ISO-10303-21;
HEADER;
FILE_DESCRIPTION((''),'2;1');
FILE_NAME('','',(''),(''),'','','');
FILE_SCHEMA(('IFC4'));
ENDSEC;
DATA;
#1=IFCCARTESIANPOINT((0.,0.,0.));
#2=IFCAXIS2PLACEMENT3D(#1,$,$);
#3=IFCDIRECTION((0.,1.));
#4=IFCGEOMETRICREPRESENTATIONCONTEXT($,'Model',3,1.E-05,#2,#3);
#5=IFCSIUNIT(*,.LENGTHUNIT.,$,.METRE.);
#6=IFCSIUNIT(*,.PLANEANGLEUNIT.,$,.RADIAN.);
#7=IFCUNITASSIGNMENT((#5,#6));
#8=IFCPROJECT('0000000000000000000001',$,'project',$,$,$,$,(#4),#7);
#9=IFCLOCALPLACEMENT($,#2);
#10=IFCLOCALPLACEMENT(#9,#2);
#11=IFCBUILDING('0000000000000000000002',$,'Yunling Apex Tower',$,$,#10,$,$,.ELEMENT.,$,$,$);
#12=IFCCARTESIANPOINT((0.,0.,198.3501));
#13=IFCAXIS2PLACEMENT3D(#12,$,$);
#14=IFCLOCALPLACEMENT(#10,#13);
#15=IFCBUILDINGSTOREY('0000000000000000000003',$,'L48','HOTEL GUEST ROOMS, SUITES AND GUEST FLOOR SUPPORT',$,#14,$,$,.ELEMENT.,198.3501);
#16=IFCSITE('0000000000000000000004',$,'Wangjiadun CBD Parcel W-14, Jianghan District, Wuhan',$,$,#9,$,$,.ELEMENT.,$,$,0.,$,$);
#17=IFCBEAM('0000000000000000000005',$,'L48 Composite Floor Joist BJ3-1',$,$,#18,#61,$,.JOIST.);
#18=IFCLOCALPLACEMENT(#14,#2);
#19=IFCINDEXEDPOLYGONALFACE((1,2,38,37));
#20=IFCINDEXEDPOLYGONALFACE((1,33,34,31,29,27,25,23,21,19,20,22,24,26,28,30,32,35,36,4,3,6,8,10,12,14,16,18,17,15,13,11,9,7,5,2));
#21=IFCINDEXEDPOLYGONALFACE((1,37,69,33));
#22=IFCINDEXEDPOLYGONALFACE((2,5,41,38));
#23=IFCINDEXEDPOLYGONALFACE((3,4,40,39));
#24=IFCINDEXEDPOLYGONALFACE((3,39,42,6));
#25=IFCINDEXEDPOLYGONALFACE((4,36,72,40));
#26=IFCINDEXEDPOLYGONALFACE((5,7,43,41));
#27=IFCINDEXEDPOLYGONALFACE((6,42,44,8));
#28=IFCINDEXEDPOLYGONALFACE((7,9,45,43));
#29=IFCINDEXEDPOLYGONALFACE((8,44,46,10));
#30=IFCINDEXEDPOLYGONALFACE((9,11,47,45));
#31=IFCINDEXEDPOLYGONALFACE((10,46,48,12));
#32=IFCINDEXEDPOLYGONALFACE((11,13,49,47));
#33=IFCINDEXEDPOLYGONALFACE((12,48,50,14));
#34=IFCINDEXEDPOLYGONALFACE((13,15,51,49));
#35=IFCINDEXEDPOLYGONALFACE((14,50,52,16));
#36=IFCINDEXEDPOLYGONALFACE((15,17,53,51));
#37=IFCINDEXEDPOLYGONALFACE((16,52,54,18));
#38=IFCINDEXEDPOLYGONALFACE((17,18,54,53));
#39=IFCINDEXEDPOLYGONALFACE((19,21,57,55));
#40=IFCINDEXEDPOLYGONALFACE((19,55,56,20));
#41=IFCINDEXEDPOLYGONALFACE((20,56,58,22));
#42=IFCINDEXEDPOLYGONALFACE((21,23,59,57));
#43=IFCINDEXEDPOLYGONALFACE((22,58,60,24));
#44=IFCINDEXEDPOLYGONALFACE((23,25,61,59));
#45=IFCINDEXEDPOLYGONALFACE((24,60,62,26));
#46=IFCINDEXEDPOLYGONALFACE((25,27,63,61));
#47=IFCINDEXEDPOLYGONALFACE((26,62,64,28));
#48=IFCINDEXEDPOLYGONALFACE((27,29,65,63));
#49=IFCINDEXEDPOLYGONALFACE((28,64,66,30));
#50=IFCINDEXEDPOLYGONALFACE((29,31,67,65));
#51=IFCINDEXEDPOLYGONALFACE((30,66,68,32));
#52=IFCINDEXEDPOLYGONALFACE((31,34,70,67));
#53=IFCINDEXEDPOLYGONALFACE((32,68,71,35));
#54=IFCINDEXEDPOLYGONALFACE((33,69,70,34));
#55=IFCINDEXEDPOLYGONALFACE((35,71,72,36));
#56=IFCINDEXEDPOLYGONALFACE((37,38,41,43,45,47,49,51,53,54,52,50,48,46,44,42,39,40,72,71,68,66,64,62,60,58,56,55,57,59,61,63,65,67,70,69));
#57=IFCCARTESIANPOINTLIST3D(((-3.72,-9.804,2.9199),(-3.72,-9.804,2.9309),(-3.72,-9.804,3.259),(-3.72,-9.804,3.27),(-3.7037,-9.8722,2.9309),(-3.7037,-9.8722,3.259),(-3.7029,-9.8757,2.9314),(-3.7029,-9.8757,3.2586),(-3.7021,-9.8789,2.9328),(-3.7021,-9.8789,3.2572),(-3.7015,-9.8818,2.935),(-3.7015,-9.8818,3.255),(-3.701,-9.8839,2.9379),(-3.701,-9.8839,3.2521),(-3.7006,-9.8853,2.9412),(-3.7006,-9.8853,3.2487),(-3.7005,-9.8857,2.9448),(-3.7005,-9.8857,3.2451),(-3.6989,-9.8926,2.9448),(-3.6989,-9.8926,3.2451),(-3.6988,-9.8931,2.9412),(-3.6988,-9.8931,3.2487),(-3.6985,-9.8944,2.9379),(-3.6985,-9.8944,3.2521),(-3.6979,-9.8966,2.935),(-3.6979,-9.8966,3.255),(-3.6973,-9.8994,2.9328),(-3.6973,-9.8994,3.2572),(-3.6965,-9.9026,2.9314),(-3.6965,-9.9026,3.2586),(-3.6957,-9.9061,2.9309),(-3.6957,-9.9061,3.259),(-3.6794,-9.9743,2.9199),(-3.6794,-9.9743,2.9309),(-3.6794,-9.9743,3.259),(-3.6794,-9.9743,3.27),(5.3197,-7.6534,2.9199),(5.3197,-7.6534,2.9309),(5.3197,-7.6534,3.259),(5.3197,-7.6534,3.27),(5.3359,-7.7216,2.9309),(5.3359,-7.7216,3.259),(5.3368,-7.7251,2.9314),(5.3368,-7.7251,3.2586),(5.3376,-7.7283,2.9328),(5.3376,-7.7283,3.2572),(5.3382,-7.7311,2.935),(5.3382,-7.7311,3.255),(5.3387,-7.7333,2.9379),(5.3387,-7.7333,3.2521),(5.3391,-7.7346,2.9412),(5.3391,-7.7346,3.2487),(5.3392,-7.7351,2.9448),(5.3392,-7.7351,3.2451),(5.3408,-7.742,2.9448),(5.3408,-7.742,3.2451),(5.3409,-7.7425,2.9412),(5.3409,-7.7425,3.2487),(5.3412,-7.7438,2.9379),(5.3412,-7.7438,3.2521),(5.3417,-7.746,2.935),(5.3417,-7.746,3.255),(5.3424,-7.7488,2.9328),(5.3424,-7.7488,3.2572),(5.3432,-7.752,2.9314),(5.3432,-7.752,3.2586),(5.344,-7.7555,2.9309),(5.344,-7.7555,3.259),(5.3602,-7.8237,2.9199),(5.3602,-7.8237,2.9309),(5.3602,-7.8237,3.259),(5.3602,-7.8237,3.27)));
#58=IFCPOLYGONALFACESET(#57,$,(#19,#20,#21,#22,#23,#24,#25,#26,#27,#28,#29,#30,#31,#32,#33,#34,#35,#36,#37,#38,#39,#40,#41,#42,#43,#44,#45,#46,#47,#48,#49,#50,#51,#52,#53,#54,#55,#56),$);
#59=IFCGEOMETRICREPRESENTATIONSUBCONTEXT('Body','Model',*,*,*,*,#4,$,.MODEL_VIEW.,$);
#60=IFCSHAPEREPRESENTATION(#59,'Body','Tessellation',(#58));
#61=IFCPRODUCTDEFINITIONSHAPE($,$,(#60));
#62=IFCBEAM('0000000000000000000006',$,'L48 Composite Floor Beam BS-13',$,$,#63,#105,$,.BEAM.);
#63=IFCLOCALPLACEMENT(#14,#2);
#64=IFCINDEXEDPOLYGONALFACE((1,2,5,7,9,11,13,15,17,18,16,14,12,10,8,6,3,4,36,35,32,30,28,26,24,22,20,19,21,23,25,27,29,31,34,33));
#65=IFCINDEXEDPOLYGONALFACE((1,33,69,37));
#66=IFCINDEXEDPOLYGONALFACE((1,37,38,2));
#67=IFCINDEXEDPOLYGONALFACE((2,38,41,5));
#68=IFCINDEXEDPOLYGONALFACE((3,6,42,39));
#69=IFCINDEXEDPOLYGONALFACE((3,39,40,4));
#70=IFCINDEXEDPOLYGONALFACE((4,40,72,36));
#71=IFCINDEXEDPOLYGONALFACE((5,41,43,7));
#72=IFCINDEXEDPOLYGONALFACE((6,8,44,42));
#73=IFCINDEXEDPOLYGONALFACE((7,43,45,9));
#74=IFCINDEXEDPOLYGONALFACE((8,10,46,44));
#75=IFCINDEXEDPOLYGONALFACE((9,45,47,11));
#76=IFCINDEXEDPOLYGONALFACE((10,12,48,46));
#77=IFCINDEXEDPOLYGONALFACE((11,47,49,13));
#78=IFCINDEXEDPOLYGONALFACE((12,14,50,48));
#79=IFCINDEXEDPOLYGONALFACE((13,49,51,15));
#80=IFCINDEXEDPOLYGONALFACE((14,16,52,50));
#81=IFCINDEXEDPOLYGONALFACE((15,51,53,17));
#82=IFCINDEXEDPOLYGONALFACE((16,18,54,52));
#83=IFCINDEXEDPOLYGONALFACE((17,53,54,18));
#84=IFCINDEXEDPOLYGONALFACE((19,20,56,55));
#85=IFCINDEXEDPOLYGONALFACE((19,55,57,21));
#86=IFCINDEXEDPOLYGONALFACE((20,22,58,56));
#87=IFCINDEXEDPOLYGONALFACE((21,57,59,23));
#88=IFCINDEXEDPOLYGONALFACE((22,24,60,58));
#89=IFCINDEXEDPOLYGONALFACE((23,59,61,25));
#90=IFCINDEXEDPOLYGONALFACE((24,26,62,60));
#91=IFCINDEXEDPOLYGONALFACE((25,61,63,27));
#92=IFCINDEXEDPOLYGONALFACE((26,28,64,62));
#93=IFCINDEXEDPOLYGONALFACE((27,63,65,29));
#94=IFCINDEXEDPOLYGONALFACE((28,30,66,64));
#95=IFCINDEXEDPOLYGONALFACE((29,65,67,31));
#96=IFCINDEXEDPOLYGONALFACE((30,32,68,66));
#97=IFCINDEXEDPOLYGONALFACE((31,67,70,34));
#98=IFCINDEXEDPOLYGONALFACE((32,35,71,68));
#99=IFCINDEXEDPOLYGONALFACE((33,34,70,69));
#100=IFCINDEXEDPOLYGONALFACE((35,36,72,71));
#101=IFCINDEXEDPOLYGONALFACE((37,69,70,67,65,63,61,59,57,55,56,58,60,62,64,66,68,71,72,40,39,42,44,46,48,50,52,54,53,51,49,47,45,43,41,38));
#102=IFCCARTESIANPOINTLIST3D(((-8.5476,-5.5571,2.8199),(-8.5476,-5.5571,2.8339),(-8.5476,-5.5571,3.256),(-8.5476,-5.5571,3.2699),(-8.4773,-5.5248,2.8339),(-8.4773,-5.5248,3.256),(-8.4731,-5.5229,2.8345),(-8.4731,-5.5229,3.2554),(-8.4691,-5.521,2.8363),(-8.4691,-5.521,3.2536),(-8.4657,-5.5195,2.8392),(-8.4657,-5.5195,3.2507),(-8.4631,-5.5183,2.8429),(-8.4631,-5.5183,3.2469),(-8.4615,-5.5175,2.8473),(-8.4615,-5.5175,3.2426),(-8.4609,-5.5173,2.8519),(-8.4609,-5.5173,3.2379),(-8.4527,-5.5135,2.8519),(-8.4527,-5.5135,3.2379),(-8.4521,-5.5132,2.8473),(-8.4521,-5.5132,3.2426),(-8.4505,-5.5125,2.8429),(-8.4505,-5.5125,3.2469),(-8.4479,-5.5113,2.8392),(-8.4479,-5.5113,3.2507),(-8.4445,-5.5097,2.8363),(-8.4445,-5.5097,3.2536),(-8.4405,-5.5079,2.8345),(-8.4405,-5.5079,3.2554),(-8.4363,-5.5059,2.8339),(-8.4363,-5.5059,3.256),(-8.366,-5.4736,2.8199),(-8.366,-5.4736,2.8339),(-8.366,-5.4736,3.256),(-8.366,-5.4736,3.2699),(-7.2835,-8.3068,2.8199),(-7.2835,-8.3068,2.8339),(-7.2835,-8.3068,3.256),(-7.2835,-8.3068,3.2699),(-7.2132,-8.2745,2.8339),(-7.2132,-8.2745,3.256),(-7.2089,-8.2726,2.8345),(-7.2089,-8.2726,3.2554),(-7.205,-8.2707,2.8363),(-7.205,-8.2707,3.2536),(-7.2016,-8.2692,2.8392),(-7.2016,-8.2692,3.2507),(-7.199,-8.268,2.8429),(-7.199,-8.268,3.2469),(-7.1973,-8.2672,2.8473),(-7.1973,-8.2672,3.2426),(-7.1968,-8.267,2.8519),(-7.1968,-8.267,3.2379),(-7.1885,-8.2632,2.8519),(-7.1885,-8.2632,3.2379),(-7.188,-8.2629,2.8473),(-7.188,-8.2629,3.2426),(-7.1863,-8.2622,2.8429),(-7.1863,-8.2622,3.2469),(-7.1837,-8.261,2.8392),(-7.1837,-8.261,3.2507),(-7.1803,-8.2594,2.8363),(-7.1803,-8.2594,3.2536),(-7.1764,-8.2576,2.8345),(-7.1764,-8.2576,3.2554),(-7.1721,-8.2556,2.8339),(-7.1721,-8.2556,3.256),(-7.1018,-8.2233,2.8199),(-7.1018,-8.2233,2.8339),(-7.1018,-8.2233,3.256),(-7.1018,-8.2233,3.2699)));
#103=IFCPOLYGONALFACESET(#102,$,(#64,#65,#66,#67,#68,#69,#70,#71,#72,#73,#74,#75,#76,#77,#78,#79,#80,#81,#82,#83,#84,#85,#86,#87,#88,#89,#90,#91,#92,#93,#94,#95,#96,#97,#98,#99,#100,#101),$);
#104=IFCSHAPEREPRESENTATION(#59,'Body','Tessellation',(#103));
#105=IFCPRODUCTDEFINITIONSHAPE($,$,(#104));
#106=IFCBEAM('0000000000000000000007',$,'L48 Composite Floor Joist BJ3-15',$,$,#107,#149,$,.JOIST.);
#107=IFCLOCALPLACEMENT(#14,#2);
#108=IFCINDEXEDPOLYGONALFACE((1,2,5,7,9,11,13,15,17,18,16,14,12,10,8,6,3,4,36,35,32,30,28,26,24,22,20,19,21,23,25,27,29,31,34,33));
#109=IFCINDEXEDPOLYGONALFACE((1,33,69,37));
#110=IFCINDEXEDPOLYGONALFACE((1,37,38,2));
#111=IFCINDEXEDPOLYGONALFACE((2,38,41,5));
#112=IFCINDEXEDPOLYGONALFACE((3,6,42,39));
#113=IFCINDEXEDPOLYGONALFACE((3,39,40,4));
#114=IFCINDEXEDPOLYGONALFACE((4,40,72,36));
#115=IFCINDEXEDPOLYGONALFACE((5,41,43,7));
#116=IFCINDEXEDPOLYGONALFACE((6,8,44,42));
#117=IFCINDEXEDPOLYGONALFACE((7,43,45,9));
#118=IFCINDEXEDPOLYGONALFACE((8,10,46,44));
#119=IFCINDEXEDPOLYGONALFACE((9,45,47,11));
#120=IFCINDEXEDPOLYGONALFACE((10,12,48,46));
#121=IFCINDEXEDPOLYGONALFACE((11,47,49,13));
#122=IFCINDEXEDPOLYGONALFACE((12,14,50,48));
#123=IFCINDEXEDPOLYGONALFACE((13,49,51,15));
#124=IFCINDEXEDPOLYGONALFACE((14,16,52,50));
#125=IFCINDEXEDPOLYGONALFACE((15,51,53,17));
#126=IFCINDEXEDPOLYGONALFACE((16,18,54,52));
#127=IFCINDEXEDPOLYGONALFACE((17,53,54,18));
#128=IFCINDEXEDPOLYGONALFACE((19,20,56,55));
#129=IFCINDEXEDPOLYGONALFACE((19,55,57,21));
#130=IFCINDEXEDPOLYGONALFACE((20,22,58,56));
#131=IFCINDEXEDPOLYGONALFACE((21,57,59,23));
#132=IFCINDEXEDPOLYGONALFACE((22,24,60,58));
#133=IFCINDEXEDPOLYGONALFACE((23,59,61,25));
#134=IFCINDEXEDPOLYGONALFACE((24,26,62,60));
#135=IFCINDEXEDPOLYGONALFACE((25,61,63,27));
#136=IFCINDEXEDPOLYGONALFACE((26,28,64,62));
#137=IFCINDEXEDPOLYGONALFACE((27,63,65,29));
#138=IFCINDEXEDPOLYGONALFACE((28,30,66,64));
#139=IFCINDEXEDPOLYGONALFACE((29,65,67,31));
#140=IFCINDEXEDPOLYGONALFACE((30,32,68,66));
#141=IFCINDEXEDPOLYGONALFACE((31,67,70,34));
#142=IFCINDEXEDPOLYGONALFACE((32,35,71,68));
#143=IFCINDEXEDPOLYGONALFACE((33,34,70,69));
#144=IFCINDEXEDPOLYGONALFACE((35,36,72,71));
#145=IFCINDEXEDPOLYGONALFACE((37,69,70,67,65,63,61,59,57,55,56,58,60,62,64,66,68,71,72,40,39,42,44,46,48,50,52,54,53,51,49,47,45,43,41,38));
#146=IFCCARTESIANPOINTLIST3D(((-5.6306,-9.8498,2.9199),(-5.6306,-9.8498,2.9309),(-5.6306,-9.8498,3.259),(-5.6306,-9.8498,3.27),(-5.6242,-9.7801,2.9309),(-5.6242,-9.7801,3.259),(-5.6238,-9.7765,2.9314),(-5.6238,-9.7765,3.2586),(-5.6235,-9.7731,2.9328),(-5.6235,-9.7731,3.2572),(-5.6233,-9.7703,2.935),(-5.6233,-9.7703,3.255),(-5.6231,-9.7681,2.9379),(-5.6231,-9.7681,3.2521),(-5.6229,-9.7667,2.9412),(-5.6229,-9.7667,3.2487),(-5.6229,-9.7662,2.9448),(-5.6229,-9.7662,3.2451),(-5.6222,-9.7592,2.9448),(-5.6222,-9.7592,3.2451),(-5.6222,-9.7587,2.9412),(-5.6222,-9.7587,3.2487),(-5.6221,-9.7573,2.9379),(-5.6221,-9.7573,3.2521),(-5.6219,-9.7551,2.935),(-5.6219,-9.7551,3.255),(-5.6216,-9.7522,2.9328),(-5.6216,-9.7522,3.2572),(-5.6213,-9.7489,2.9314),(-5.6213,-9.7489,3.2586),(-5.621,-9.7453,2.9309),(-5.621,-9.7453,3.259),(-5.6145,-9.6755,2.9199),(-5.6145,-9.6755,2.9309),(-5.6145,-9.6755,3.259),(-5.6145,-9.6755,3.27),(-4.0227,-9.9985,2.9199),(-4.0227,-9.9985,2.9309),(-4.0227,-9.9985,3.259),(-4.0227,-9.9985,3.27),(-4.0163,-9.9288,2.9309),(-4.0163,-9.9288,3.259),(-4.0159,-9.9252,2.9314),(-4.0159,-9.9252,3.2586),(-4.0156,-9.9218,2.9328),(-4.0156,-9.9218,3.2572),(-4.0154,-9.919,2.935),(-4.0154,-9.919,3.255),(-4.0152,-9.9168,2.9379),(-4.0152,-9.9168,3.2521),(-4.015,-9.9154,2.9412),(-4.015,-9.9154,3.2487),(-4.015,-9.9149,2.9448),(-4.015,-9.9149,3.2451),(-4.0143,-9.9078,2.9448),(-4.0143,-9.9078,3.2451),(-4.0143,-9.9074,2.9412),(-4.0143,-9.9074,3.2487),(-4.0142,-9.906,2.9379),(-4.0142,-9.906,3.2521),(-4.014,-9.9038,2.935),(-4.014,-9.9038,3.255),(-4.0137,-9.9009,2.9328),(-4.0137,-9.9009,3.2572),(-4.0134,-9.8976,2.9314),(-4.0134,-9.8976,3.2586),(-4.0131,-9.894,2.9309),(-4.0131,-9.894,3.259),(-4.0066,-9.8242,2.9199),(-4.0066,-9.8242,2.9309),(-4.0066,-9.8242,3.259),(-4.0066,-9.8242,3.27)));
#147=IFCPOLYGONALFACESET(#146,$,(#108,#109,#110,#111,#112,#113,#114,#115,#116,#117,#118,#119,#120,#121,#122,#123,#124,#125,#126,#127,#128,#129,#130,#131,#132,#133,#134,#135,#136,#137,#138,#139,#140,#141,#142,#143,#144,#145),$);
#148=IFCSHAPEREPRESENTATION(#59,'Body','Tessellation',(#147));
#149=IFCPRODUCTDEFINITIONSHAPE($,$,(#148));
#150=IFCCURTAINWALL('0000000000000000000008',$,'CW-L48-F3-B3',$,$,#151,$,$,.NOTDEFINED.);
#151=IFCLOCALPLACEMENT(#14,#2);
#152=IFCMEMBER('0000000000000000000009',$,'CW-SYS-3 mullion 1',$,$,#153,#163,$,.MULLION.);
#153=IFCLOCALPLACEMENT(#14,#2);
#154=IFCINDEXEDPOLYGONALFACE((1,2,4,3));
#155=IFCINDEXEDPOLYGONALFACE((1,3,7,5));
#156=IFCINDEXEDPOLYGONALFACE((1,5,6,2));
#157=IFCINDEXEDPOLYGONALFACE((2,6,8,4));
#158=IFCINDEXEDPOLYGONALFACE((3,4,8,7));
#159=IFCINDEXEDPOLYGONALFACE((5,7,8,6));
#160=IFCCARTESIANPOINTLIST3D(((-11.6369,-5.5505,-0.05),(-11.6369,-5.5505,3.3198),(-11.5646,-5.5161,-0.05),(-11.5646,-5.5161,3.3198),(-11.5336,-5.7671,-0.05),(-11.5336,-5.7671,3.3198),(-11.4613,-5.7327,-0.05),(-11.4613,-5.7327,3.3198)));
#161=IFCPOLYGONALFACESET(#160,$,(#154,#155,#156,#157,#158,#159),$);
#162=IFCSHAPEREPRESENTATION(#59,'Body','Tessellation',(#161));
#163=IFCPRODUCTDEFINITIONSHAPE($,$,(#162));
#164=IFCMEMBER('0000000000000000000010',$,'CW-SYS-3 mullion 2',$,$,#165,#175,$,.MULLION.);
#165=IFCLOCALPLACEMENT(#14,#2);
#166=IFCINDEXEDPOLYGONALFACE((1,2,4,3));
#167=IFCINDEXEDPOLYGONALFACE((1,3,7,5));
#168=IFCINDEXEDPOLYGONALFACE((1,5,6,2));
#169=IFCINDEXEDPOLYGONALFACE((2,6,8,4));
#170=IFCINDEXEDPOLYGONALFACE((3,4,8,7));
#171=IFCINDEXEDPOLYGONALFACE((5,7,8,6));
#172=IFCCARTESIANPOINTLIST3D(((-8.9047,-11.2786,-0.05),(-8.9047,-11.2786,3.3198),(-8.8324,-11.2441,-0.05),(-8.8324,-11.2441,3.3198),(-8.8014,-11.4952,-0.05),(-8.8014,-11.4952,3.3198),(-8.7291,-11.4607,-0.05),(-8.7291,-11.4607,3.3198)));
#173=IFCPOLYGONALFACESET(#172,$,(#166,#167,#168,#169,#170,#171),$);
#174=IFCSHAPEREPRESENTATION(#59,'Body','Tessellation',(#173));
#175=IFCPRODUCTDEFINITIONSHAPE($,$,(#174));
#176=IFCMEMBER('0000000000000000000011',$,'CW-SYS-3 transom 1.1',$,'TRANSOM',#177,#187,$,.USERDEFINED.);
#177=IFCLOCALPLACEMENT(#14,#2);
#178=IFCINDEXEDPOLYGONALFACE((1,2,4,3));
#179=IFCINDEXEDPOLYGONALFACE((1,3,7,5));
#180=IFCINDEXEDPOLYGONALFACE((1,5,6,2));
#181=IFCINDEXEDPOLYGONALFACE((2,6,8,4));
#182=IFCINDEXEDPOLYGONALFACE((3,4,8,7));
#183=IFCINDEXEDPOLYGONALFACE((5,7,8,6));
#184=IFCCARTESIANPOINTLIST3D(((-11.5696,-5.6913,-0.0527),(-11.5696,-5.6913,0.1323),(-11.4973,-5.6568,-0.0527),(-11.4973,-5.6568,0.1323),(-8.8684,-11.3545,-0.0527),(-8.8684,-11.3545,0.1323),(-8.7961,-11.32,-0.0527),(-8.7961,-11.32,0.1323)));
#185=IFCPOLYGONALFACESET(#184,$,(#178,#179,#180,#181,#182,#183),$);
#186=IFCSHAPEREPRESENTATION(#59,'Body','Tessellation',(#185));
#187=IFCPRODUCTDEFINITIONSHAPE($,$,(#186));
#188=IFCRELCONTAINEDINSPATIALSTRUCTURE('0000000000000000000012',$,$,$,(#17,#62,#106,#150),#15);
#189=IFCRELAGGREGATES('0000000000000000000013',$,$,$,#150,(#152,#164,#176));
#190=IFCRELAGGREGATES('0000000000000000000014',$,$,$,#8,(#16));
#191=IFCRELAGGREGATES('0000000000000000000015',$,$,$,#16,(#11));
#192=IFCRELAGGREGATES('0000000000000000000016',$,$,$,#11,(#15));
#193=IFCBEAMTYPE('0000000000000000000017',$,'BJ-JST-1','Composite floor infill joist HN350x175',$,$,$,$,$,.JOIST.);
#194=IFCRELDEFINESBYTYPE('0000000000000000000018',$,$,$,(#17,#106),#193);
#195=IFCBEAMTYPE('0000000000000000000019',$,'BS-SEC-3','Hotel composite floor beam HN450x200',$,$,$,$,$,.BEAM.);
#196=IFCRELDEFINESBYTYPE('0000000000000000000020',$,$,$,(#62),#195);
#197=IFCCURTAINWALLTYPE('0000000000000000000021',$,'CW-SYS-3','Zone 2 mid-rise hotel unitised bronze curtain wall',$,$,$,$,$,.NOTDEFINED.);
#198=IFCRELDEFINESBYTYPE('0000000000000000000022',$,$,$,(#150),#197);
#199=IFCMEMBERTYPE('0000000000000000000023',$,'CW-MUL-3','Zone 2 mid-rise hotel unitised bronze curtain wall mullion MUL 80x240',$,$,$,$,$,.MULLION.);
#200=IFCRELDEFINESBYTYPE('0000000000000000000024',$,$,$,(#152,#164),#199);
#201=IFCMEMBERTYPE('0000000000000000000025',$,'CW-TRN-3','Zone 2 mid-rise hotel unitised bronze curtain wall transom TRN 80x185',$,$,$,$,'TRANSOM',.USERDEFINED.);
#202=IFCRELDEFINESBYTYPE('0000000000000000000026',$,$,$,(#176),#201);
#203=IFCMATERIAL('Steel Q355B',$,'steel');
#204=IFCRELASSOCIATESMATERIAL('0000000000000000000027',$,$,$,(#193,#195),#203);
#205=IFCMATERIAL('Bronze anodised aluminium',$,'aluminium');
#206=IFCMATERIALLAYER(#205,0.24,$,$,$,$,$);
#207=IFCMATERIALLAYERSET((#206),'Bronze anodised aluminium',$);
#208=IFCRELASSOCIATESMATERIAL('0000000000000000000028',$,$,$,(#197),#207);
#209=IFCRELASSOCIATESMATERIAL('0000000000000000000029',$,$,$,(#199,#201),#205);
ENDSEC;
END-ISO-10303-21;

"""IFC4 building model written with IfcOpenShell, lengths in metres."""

from ifc_helpers import new_model, si_unit, direction, frame, origin, origin_2d, place, context, subcontext, project, spatial, rectangle, i_section, extrude, source, transform, mapped, material, layer, layer_set, material_profile, profile_set, type_object, element, aggregate, save


model = new_model("IFC4")

# Units and contexts
model_context = context("Model", 3, precision=1e-05, world=origin(), true_north=direction((0.0, 1.0)))
body_context = subcontext(model_context, "Body", "Model", "MODEL_VIEW")
ifc_project = project(units=[si_unit("LENGTHUNIT", "METRE"), si_unit("PLANEANGLEUNIT", "RADIAN")], contexts=[model_context])

# Site, building, storey
site_placement = place(None, origin())
site = spatial("IfcSite", under=ifc_project, at=site_placement, Name="Wangjiadun CBD Parcel W-14, Jianghan District, Wuhan", CompositionType="ELEMENT", RefElevation=0.0)
building_placement = place(site_placement, origin())
building = spatial("IfcBuilding", under=site, at=building_placement, Name="Yunling Apex Tower", CompositionType="ELEMENT")
storey_placement = place(building_placement, frame((0.0, 0.0, 198.3501)))
storey = spatial("IfcBuildingStorey", under=building, at=storey_placement, Name="L48", Description="HOTEL GUEST ROOMS, SUITES AND GUEST FLOOR SUPPORT", CompositionType="ELEMENT", Elevation=198.3501)

# Beams
ifc_material_1 = material(Name="Steel Q355B", Category="steel")
ifc_material_profile_1 = material_profile(ifc_material_1, i_section(OverallWidth=0.175, OverallDepth=0.3501, WebThickness=0.0071, FlangeThickness=0.011, FilletRadius=0.0139, at=origin_2d()))
ifc_profile_set_1 = profile_set([ifc_material_profile_1], Name="Steel Q355B")
beam_type_1 = type_object("IfcBeamType", Name="BJ-JST-1", Description="Composite floor infill joist HN350x175", PredefinedType="JOIST", material=ifc_profile_set_1)
shared_shape_1 = source(origin(), body_context, "Body", "SweptSolid", [
    extrude(i_section(OverallWidth=0.175, OverallDepth=0.3501, WebThickness=0.0071, FlangeThickness=0.011, FilletRadius=0.0139, at=origin_2d()), origin(), (0.0, 0.0, 1.0), 9.292),
])
beam_1_placement = place(storey_placement, frame((-3.6997, -9.8892, 3.095), z_axis=(0.972847, 0.231448, 0.0), x_axis=(-0.231448, 0.972847, 0.0)))
element("IfcBeam", 1, at=beam_1_placement, inside=storey, type_object=beam_type_1, Name="L48 Composite Floor Joist BJ3-1", PredefinedType="JOIST", context=body_context, shape_type="MappedRepresentation", body=[
    mapped(shared_shape_1, transform((0.0, 0.0, 0.0), scale=1.0)),
])
ifc_material_profile_2 = material_profile(ifc_material_1, i_section(OverallWidth=0.2, OverallDepth=0.45, WebThickness=0.009, FlangeThickness=0.0139, FilletRadius=0.0181, at=origin_2d()))
ifc_profile_set_2 = profile_set([ifc_material_profile_2], Name="Steel Q355B")
beam_type_2 = type_object("IfcBeamType", Name="BS-SEC-3", Description="Hotel composite floor beam HN450x200", PredefinedType="BEAM", material=ifc_profile_set_2)
shared_shape_2 = source(origin(), body_context, "Body", "SweptSolid", [
    extrude(i_section(OverallWidth=0.2, OverallDepth=0.45, WebThickness=0.009, FlangeThickness=0.0139, FilletRadius=0.0181, at=origin_2d()), origin(), (0.0, 0.0, 1.0), 3.0264),
])
beam_2_placement = place(storey_placement, frame((-8.4568, -5.5154, 3.0449), z_axis=(0.417707, -0.908582, 0.0), x_axis=(0.908582, 0.417707, 0.0)))
element("IfcBeam", 2, at=beam_2_placement, inside=storey, type_object=beam_type_2, Name="L48 Composite Floor Beam BS-13", PredefinedType="BEAM", context=body_context, shape_type="MappedRepresentation", body=[
    mapped(shared_shape_2, transform((0.0, 0.0, 0.0), scale=1.0)),
])
shared_shape_3 = source(origin(), body_context, "Body", "SweptSolid", [
    extrude(i_section(OverallWidth=0.175, OverallDepth=0.3501, WebThickness=0.0071, FlangeThickness=0.011, FilletRadius=0.0139, at=origin_2d()), origin(), (0.0, 0.0, 1.0), 1.6147),
])
beam_3_placement = place(storey_placement, frame((-5.6226, -9.7627, 3.095), z_axis=(0.995752, -0.092076, 0.0), x_axis=(0.092076, 0.995752, 0.0)))
element("IfcBeam", 3, at=beam_3_placement, inside=storey, type_object=beam_type_1, Name="L48 Composite Floor Joist BJ3-15", PredefinedType="JOIST", context=body_context, shape_type="MappedRepresentation", body=[
    mapped(shared_shape_3, transform((0.0, 0.0, 0.0), scale=1.0)),
])

# Curtain wall, members
ifc_material_2 = material(Name="Bronze anodised aluminium", Category="aluminium")
ifc_layer_1 = layer(ifc_material_2, 0.24)
ifc_layer_set_1 = layer_set([ifc_layer_1], Name="Bronze anodised aluminium")
curtain_wall_type = type_object("IfcCurtainWallType", Name="CW-SYS-3", Description="Zone 2 mid-rise hotel unitised bronze curtain wall", PredefinedType="NOTDEFINED", material=ifc_layer_set_1)
curtain_wall_placement = place(storey_placement, origin())
curtain_wall = element("IfcCurtainWall", 4, at=curtain_wall_placement, inside=storey, type_object=curtain_wall_type, Name="CW-L48-F3-B3", PredefinedType="NOTDEFINED")
ifc_material_profile_3 = material_profile(ifc_material_2, rectangle(XDim=0.0801, YDim=0.24, at=origin_2d()))
ifc_profile_set_3 = profile_set([ifc_material_profile_3], Name="Bronze anodised aluminium")
member_type_1 = type_object("IfcMemberType", Name="CW-MUL-3", Description="Zone 2 mid-rise hotel unitised bronze curtain wall mullion MUL 80x240", PredefinedType="MULLION", material=ifc_profile_set_3)
shared_shape_4 = source(origin(), body_context, "Body", "SweptSolid", [
    extrude(rectangle(XDim=0.0801, YDim=0.24, at=origin_2d()), origin(), (0.0, 0.0, 1.0), 3.3699),
])
member_1_placement = place(storey_placement, frame((-11.5491, -5.6416, -0.05), z_axis=(0.0, 0.0, 1.0), x_axis=(0.902588, 0.430505, 0.0)))
member_1 = element("IfcMember", 5, at=member_1_placement, type_object=member_type_1, Name="CW-SYS-3 mullion 1", PredefinedType="MULLION", context=body_context, shape_type="MappedRepresentation", body=[
    mapped(shared_shape_4, transform((0.0, 0.0, 0.0), scale=1.0)),
])
member_2_placement = place(storey_placement, frame((-8.8169, -11.3696, -0.05), z_axis=(0.0, 0.0, 1.0), x_axis=(0.902588, 0.430505, 0.0)))
member_2 = element("IfcMember", 6, at=member_2_placement, type_object=member_type_1, Name="CW-SYS-3 mullion 2", PredefinedType="MULLION", context=body_context, shape_type="MappedRepresentation", body=[
    mapped(shared_shape_4, transform((0.0, 0.0, 0.0), scale=1.0)),
])
ifc_material_profile_4 = material_profile(ifc_material_2, rectangle(XDim=0.0801, YDim=0.1851, at=origin_2d()))
ifc_profile_set_4 = profile_set([ifc_material_profile_4], Name="Bronze anodised aluminium")
member_type_2 = type_object("IfcMemberType", Name="CW-TRN-3", Description="Zone 2 mid-rise hotel unitised bronze curtain wall transom TRN 80x185", ElementType="TRANSOM", PredefinedType="USERDEFINED", material=ifc_profile_set_4)
shared_shape_5 = source(origin(), body_context, "Body", "SweptSolid", [
    extrude(rectangle(XDim=0.0801, YDim=0.1851, at=origin_2d()), origin(), (0.0, 0.0, 1.0), 6.2744),
])
member_3_placement = place(storey_placement, frame((-11.5334, -5.6741, 0.0398), z_axis=(0.430513, -0.902584, 0.0), x_axis=(0.902584, 0.430513, 0.0)))
member_3 = element("IfcMember", 7, at=member_3_placement, type_object=member_type_2, Name="CW-SYS-3 transom 1.1", ObjectType="TRANSOM", PredefinedType="USERDEFINED", context=body_context, shape_type="MappedRepresentation", body=[
    mapped(shared_shape_5, transform((0.0, 0.0, 0.0), scale=1.0)),
])
aggregate(curtain_wall, [member_1, member_2, member_3])

save(model, "model.ifc")
